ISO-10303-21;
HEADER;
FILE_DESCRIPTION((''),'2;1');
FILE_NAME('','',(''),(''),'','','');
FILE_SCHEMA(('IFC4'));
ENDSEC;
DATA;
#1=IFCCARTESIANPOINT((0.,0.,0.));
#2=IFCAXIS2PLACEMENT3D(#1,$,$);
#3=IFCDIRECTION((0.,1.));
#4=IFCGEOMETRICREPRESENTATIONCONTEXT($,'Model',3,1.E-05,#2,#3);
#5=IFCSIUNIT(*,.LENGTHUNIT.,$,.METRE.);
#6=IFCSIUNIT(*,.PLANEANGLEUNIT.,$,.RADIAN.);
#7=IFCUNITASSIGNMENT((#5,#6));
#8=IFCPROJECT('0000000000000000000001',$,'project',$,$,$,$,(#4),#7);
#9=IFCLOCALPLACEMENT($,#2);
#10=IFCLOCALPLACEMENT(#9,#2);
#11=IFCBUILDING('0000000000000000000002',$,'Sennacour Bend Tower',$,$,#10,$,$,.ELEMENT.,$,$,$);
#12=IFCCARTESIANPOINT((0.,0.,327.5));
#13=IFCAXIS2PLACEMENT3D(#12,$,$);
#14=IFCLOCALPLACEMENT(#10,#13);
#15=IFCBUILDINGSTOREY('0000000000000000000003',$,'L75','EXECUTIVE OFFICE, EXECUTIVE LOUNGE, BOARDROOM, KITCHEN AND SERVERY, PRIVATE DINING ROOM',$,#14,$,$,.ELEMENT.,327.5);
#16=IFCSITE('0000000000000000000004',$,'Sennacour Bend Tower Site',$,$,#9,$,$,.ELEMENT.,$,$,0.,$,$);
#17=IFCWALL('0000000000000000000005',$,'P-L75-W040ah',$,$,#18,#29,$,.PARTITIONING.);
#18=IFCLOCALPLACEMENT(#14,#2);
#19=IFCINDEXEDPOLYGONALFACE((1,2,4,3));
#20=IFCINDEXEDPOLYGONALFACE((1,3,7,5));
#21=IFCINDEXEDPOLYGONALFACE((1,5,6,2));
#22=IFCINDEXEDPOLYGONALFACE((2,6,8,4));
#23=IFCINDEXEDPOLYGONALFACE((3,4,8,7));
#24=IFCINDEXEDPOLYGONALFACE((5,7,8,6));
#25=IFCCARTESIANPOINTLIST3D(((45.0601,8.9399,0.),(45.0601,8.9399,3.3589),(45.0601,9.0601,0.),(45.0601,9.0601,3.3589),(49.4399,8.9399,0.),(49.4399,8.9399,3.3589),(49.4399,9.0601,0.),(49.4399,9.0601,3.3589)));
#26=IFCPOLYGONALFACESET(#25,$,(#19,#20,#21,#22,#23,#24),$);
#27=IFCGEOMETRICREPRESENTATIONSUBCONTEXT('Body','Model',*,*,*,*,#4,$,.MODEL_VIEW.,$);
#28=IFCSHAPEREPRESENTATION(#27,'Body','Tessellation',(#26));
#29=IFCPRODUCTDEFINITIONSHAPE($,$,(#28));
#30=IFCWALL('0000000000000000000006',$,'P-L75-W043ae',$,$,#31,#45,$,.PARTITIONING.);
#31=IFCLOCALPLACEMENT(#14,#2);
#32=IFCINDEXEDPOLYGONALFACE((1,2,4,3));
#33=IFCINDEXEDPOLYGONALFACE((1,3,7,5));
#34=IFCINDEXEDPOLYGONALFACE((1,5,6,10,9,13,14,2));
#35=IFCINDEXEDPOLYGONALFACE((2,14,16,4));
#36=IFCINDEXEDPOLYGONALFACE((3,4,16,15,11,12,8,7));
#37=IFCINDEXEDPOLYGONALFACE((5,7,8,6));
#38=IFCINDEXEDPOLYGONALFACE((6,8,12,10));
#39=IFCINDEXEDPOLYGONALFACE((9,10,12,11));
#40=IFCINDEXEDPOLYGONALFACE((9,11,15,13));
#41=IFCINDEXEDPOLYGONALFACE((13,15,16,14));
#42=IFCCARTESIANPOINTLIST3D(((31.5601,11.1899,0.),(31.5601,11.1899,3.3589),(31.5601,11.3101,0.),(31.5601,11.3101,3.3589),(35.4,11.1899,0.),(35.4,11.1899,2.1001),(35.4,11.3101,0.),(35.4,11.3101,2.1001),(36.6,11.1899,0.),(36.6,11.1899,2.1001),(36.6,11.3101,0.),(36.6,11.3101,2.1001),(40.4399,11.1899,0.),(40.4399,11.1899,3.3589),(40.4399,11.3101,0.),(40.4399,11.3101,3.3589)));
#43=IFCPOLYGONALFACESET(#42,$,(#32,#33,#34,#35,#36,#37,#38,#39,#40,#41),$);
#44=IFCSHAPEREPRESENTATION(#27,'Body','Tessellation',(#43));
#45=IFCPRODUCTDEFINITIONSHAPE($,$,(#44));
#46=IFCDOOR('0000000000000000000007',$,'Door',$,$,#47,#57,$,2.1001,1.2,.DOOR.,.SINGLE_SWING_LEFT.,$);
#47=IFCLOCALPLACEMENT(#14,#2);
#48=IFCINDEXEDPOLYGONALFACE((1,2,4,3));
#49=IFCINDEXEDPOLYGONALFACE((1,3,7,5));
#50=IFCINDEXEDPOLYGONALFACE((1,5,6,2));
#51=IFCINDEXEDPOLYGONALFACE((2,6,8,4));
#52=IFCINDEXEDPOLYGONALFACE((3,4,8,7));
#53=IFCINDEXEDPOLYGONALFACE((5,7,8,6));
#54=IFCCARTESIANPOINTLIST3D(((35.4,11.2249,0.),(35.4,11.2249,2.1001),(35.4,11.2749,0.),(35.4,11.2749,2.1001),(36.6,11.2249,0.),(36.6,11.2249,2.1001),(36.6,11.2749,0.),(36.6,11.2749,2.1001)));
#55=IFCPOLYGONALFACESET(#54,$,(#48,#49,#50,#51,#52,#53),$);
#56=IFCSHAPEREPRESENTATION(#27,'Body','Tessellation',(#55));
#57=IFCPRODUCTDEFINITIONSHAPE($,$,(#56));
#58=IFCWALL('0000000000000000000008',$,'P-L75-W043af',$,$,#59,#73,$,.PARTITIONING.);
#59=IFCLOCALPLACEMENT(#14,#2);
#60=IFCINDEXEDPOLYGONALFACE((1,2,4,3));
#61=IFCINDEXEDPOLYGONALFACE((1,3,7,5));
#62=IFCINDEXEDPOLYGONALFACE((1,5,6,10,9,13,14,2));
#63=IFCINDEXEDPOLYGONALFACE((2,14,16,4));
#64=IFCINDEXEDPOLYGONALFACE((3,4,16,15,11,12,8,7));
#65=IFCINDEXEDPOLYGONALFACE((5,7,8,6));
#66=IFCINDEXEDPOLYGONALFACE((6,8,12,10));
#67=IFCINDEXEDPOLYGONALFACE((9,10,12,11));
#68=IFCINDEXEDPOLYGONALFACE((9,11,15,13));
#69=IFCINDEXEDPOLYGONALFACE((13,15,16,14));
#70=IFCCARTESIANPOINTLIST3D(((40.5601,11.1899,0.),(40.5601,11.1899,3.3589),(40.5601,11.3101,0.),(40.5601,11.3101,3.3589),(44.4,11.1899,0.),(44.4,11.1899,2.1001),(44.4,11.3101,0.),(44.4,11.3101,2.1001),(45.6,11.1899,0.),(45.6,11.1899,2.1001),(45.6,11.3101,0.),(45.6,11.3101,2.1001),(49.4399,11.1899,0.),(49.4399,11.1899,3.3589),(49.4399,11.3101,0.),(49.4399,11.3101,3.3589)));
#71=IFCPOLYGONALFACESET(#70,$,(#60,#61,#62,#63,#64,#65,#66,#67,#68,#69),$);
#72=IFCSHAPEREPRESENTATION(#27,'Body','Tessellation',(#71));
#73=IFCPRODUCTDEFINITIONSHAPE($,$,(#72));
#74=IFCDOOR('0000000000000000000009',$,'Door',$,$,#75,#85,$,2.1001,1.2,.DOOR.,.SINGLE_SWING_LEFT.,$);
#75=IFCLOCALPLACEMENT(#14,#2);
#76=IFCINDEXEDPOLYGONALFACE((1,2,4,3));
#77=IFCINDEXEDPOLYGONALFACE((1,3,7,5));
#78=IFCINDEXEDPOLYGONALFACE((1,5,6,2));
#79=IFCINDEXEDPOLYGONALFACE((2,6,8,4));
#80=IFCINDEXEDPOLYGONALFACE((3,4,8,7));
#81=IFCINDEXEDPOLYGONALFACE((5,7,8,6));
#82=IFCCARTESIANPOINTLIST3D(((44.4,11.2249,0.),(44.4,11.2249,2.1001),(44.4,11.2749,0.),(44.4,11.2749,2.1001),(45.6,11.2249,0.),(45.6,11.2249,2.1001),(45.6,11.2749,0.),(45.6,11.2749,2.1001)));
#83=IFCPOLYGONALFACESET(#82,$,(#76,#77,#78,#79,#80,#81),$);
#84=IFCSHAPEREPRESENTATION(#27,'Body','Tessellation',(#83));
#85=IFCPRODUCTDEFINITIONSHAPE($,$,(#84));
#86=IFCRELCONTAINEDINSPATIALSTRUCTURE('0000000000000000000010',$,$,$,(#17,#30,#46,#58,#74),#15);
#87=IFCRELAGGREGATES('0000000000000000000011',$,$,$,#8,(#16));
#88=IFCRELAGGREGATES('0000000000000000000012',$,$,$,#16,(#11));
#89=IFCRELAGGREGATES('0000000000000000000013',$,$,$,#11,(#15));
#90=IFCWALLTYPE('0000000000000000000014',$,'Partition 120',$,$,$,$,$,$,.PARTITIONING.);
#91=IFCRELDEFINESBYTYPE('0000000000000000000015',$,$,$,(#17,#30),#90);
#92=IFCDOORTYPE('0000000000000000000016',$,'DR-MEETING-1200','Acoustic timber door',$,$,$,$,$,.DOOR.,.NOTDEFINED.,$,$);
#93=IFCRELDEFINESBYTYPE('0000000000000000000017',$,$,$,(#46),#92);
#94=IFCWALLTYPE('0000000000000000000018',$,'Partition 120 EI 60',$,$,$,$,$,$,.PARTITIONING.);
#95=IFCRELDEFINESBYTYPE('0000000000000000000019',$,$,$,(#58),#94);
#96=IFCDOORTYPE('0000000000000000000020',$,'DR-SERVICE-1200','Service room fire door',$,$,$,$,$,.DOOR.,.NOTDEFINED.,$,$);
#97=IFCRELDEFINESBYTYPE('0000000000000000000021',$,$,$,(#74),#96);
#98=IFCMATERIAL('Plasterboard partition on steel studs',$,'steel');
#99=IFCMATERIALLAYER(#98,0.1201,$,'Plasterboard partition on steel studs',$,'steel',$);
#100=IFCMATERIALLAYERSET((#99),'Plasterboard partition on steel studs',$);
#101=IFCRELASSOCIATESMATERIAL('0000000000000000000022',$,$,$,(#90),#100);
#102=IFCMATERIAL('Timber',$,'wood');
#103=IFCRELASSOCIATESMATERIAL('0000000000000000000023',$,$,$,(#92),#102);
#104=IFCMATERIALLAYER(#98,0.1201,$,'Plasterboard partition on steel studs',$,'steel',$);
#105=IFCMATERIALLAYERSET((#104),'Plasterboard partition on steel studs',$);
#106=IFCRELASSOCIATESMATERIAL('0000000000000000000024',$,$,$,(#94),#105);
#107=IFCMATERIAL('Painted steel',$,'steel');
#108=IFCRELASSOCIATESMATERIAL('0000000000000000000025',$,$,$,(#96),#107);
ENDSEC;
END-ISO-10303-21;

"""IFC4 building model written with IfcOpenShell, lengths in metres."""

from ifc_helpers import new_model, si_unit, direction, frame, frame_2d, origin, place, context, subcontext, project, spatial, rectangle, extrude, material, layer, layer_set, type_object, element, fill, save


model = new_model("IFC4")

# Units and contexts
model_context = context("Model", 3, precision=1e-05, world=origin(), true_north=direction((0.0, 1.0)))
body_context = subcontext(model_context, "Body", "Model", "MODEL_VIEW")
ifc_project = project(units=[si_unit("LENGTHUNIT", "METRE"), si_unit("PLANEANGLEUNIT", "RADIAN")], contexts=[model_context])

# Site, building, storey
site_placement = place(None, origin())
site = spatial("IfcSite", under=ifc_project, at=site_placement, Name="Sennacour Bend Tower Site", CompositionType="ELEMENT", RefElevation=0.0)
building_placement = place(site_placement, origin())
building = spatial("IfcBuilding", under=site, at=building_placement, Name="Sennacour Bend Tower", CompositionType="ELEMENT")
storey_placement = place(building_placement, frame((0.0, 0.0, 327.5)))
storey = spatial("IfcBuildingStorey", under=building, at=storey_placement, Name="L75", Description="EXECUTIVE OFFICE, EXECUTIVE LOUNGE, BOARDROOM, KITCHEN AND SERVERY, PRIVATE DINING ROOM", CompositionType="ELEMENT", Elevation=327.5)

# Shared definitions
ifc_material_1 = material(Name="Plasterboard partition on steel studs", Category="steel")
ifc_layer_1 = layer(ifc_material_1, 0.1201, Name="Plasterboard partition on steel studs", Category="steel")
ifc_layer_set_1 = layer_set([ifc_layer_1], Name="Plasterboard partition on steel studs")
wall_type_1 = type_object("IfcWallType", Name="Partition 120", PredefinedType="PARTITIONING", material=ifc_layer_set_1)

# Shared definitions
ifc_material_2 = material(Name="Timber", Category="wood")

# Wall
wall_1_placement = place(storey_placement, frame((45.0601, 9.0, 0.0), z_axis=(0.0, 0.0, 1.0), x_axis=(1.0, 0.0, 0.0)))
element("IfcWall", 1, at=wall_1_placement, inside=storey, type_object=wall_type_1, Name="P-L75-W040ah", PredefinedType="PARTITIONING", context=body_context, shape_type="SweptSolid", body=[
    extrude(rectangle(XDim=4.3799, YDim=0.1201, at=frame_2d((2.1899, 0.0))), origin(), (0.0, 0.0, 1.0), 3.3589),
])

# Walls, openings, doors
wall_2_placement = place(storey_placement, frame((31.5601, 11.25, 0.0), z_axis=(0.0, 0.0, 1.0), x_axis=(1.0, 0.0, 0.0)))
wall_2 = element("IfcWall", 2, at=wall_2_placement, inside=storey, type_object=wall_type_1, Name="P-L75-W043ae", PredefinedType="PARTITIONING", context=body_context, shape_type="SweptSolid", body=[
    extrude(rectangle(XDim=8.8799, YDim=0.1201, at=frame_2d((4.4399, 0.0))), origin(), (0.0, 0.0, 1.0), 3.3589),
])
opening_1_placement = place(wall_2_placement, frame((3.8398, 0.0, 0.0)))
opening_1 = element("IfcOpeningElement", 3, at=opening_1_placement, cuts=wall_2, PredefinedType="OPENING", context=body_context, shape_type="SweptSolid", body=[
    extrude(rectangle(XDim=1.2, YDim=2.1001, at=frame_2d((0.6001, 1.05))), frame((0.0, 0.0701, 0.0), z_axis=(0.0, -1.0, 0.0), x_axis=(1.0, 0.0, 0.0)), (0.0, 0.0, 1.0), 0.1401),
])
door_type_1 = type_object("IfcDoorType", Name="DR-MEETING-1200", Description="Acoustic timber door", OperationType="NOTDEFINED", PredefinedType="DOOR", material=ifc_material_2)
door_1_placement = place(opening_1_placement, origin())
door_1 = element("IfcDoor", 4, at=door_1_placement, inside=storey, type_object=door_type_1, Name="Door", OperationType="SINGLE_SWING_LEFT", OverallHeight=2.1001, OverallWidth=1.2, PredefinedType="DOOR", context=body_context, shape_type="SweptSolid", body=[
    extrude(rectangle(XDim=1.2, YDim=2.1001, at=frame_2d((0.6001, 1.05))), frame((0.0, 0.0249, 0.0), z_axis=(0.0, -1.0, 0.0), x_axis=(1.0, 0.0, 0.0)), (0.0, 0.0, 1.0), 0.05),
])
fill(opening_1, door_1)
ifc_layer_2 = layer(ifc_material_1, 0.1201, Name="Plasterboard partition on steel studs", Category="steel")
ifc_layer_set_2 = layer_set([ifc_layer_2], Name="Plasterboard partition on steel studs")
wall_type_2 = type_object("IfcWallType", Name="Partition 120 EI 60", PredefinedType="PARTITIONING", material=ifc_layer_set_2)
wall_3_placement = place(storey_placement, frame((40.5601, 11.25, 0.0), z_axis=(0.0, 0.0, 1.0), x_axis=(1.0, 0.0, 0.0)))
wall_3 = element("IfcWall", 5, at=wall_3_placement, inside=storey, type_object=wall_type_2, Name="P-L75-W043af", PredefinedType="PARTITIONING", context=body_context, shape_type="SweptSolid", body=[
    extrude(rectangle(XDim=8.8799, YDim=0.1201, at=frame_2d((4.4399, 0.0))), origin(), (0.0, 0.0, 1.0), 3.3589),
])
opening_2_placement = place(wall_3_placement, frame((3.8398, 0.0, 0.0)))
opening_2 = element("IfcOpeningElement", 6, at=opening_2_placement, cuts=wall_3, PredefinedType="OPENING", context=body_context, shape_type="SweptSolid", body=[
    extrude(rectangle(XDim=1.2, YDim=2.1001, at=frame_2d((0.6001, 1.05))), frame((0.0, 0.0701, 0.0), z_axis=(0.0, -1.0, 0.0), x_axis=(1.0, 0.0, 0.0)), (0.0, 0.0, 1.0), 0.1401),
])
ifc_material_3 = material(Name="Painted steel", Category="steel")
door_type_2 = type_object("IfcDoorType", Name="DR-SERVICE-1200", Description="Service room fire door", OperationType="NOTDEFINED", PredefinedType="DOOR", material=ifc_material_3)
door_2_placement = place(opening_2_placement, origin())
door_2 = element("IfcDoor", 7, at=door_2_placement, inside=storey, type_object=door_type_2, Name="Door", OperationType="SINGLE_SWING_LEFT", OverallHeight=2.1001, OverallWidth=1.2, PredefinedType="DOOR", context=body_context, shape_type="SweptSolid", body=[
    extrude(rectangle(XDim=1.2, YDim=2.1001, at=frame_2d((0.6001, 1.05))), frame((0.0, 0.0249, 0.0), z_axis=(0.0, -1.0, 0.0), x_axis=(1.0, 0.0, 0.0)), (0.0, 0.0, 1.0), 0.05),
])
fill(opening_2, door_2)

save(model, "model.ifc")
